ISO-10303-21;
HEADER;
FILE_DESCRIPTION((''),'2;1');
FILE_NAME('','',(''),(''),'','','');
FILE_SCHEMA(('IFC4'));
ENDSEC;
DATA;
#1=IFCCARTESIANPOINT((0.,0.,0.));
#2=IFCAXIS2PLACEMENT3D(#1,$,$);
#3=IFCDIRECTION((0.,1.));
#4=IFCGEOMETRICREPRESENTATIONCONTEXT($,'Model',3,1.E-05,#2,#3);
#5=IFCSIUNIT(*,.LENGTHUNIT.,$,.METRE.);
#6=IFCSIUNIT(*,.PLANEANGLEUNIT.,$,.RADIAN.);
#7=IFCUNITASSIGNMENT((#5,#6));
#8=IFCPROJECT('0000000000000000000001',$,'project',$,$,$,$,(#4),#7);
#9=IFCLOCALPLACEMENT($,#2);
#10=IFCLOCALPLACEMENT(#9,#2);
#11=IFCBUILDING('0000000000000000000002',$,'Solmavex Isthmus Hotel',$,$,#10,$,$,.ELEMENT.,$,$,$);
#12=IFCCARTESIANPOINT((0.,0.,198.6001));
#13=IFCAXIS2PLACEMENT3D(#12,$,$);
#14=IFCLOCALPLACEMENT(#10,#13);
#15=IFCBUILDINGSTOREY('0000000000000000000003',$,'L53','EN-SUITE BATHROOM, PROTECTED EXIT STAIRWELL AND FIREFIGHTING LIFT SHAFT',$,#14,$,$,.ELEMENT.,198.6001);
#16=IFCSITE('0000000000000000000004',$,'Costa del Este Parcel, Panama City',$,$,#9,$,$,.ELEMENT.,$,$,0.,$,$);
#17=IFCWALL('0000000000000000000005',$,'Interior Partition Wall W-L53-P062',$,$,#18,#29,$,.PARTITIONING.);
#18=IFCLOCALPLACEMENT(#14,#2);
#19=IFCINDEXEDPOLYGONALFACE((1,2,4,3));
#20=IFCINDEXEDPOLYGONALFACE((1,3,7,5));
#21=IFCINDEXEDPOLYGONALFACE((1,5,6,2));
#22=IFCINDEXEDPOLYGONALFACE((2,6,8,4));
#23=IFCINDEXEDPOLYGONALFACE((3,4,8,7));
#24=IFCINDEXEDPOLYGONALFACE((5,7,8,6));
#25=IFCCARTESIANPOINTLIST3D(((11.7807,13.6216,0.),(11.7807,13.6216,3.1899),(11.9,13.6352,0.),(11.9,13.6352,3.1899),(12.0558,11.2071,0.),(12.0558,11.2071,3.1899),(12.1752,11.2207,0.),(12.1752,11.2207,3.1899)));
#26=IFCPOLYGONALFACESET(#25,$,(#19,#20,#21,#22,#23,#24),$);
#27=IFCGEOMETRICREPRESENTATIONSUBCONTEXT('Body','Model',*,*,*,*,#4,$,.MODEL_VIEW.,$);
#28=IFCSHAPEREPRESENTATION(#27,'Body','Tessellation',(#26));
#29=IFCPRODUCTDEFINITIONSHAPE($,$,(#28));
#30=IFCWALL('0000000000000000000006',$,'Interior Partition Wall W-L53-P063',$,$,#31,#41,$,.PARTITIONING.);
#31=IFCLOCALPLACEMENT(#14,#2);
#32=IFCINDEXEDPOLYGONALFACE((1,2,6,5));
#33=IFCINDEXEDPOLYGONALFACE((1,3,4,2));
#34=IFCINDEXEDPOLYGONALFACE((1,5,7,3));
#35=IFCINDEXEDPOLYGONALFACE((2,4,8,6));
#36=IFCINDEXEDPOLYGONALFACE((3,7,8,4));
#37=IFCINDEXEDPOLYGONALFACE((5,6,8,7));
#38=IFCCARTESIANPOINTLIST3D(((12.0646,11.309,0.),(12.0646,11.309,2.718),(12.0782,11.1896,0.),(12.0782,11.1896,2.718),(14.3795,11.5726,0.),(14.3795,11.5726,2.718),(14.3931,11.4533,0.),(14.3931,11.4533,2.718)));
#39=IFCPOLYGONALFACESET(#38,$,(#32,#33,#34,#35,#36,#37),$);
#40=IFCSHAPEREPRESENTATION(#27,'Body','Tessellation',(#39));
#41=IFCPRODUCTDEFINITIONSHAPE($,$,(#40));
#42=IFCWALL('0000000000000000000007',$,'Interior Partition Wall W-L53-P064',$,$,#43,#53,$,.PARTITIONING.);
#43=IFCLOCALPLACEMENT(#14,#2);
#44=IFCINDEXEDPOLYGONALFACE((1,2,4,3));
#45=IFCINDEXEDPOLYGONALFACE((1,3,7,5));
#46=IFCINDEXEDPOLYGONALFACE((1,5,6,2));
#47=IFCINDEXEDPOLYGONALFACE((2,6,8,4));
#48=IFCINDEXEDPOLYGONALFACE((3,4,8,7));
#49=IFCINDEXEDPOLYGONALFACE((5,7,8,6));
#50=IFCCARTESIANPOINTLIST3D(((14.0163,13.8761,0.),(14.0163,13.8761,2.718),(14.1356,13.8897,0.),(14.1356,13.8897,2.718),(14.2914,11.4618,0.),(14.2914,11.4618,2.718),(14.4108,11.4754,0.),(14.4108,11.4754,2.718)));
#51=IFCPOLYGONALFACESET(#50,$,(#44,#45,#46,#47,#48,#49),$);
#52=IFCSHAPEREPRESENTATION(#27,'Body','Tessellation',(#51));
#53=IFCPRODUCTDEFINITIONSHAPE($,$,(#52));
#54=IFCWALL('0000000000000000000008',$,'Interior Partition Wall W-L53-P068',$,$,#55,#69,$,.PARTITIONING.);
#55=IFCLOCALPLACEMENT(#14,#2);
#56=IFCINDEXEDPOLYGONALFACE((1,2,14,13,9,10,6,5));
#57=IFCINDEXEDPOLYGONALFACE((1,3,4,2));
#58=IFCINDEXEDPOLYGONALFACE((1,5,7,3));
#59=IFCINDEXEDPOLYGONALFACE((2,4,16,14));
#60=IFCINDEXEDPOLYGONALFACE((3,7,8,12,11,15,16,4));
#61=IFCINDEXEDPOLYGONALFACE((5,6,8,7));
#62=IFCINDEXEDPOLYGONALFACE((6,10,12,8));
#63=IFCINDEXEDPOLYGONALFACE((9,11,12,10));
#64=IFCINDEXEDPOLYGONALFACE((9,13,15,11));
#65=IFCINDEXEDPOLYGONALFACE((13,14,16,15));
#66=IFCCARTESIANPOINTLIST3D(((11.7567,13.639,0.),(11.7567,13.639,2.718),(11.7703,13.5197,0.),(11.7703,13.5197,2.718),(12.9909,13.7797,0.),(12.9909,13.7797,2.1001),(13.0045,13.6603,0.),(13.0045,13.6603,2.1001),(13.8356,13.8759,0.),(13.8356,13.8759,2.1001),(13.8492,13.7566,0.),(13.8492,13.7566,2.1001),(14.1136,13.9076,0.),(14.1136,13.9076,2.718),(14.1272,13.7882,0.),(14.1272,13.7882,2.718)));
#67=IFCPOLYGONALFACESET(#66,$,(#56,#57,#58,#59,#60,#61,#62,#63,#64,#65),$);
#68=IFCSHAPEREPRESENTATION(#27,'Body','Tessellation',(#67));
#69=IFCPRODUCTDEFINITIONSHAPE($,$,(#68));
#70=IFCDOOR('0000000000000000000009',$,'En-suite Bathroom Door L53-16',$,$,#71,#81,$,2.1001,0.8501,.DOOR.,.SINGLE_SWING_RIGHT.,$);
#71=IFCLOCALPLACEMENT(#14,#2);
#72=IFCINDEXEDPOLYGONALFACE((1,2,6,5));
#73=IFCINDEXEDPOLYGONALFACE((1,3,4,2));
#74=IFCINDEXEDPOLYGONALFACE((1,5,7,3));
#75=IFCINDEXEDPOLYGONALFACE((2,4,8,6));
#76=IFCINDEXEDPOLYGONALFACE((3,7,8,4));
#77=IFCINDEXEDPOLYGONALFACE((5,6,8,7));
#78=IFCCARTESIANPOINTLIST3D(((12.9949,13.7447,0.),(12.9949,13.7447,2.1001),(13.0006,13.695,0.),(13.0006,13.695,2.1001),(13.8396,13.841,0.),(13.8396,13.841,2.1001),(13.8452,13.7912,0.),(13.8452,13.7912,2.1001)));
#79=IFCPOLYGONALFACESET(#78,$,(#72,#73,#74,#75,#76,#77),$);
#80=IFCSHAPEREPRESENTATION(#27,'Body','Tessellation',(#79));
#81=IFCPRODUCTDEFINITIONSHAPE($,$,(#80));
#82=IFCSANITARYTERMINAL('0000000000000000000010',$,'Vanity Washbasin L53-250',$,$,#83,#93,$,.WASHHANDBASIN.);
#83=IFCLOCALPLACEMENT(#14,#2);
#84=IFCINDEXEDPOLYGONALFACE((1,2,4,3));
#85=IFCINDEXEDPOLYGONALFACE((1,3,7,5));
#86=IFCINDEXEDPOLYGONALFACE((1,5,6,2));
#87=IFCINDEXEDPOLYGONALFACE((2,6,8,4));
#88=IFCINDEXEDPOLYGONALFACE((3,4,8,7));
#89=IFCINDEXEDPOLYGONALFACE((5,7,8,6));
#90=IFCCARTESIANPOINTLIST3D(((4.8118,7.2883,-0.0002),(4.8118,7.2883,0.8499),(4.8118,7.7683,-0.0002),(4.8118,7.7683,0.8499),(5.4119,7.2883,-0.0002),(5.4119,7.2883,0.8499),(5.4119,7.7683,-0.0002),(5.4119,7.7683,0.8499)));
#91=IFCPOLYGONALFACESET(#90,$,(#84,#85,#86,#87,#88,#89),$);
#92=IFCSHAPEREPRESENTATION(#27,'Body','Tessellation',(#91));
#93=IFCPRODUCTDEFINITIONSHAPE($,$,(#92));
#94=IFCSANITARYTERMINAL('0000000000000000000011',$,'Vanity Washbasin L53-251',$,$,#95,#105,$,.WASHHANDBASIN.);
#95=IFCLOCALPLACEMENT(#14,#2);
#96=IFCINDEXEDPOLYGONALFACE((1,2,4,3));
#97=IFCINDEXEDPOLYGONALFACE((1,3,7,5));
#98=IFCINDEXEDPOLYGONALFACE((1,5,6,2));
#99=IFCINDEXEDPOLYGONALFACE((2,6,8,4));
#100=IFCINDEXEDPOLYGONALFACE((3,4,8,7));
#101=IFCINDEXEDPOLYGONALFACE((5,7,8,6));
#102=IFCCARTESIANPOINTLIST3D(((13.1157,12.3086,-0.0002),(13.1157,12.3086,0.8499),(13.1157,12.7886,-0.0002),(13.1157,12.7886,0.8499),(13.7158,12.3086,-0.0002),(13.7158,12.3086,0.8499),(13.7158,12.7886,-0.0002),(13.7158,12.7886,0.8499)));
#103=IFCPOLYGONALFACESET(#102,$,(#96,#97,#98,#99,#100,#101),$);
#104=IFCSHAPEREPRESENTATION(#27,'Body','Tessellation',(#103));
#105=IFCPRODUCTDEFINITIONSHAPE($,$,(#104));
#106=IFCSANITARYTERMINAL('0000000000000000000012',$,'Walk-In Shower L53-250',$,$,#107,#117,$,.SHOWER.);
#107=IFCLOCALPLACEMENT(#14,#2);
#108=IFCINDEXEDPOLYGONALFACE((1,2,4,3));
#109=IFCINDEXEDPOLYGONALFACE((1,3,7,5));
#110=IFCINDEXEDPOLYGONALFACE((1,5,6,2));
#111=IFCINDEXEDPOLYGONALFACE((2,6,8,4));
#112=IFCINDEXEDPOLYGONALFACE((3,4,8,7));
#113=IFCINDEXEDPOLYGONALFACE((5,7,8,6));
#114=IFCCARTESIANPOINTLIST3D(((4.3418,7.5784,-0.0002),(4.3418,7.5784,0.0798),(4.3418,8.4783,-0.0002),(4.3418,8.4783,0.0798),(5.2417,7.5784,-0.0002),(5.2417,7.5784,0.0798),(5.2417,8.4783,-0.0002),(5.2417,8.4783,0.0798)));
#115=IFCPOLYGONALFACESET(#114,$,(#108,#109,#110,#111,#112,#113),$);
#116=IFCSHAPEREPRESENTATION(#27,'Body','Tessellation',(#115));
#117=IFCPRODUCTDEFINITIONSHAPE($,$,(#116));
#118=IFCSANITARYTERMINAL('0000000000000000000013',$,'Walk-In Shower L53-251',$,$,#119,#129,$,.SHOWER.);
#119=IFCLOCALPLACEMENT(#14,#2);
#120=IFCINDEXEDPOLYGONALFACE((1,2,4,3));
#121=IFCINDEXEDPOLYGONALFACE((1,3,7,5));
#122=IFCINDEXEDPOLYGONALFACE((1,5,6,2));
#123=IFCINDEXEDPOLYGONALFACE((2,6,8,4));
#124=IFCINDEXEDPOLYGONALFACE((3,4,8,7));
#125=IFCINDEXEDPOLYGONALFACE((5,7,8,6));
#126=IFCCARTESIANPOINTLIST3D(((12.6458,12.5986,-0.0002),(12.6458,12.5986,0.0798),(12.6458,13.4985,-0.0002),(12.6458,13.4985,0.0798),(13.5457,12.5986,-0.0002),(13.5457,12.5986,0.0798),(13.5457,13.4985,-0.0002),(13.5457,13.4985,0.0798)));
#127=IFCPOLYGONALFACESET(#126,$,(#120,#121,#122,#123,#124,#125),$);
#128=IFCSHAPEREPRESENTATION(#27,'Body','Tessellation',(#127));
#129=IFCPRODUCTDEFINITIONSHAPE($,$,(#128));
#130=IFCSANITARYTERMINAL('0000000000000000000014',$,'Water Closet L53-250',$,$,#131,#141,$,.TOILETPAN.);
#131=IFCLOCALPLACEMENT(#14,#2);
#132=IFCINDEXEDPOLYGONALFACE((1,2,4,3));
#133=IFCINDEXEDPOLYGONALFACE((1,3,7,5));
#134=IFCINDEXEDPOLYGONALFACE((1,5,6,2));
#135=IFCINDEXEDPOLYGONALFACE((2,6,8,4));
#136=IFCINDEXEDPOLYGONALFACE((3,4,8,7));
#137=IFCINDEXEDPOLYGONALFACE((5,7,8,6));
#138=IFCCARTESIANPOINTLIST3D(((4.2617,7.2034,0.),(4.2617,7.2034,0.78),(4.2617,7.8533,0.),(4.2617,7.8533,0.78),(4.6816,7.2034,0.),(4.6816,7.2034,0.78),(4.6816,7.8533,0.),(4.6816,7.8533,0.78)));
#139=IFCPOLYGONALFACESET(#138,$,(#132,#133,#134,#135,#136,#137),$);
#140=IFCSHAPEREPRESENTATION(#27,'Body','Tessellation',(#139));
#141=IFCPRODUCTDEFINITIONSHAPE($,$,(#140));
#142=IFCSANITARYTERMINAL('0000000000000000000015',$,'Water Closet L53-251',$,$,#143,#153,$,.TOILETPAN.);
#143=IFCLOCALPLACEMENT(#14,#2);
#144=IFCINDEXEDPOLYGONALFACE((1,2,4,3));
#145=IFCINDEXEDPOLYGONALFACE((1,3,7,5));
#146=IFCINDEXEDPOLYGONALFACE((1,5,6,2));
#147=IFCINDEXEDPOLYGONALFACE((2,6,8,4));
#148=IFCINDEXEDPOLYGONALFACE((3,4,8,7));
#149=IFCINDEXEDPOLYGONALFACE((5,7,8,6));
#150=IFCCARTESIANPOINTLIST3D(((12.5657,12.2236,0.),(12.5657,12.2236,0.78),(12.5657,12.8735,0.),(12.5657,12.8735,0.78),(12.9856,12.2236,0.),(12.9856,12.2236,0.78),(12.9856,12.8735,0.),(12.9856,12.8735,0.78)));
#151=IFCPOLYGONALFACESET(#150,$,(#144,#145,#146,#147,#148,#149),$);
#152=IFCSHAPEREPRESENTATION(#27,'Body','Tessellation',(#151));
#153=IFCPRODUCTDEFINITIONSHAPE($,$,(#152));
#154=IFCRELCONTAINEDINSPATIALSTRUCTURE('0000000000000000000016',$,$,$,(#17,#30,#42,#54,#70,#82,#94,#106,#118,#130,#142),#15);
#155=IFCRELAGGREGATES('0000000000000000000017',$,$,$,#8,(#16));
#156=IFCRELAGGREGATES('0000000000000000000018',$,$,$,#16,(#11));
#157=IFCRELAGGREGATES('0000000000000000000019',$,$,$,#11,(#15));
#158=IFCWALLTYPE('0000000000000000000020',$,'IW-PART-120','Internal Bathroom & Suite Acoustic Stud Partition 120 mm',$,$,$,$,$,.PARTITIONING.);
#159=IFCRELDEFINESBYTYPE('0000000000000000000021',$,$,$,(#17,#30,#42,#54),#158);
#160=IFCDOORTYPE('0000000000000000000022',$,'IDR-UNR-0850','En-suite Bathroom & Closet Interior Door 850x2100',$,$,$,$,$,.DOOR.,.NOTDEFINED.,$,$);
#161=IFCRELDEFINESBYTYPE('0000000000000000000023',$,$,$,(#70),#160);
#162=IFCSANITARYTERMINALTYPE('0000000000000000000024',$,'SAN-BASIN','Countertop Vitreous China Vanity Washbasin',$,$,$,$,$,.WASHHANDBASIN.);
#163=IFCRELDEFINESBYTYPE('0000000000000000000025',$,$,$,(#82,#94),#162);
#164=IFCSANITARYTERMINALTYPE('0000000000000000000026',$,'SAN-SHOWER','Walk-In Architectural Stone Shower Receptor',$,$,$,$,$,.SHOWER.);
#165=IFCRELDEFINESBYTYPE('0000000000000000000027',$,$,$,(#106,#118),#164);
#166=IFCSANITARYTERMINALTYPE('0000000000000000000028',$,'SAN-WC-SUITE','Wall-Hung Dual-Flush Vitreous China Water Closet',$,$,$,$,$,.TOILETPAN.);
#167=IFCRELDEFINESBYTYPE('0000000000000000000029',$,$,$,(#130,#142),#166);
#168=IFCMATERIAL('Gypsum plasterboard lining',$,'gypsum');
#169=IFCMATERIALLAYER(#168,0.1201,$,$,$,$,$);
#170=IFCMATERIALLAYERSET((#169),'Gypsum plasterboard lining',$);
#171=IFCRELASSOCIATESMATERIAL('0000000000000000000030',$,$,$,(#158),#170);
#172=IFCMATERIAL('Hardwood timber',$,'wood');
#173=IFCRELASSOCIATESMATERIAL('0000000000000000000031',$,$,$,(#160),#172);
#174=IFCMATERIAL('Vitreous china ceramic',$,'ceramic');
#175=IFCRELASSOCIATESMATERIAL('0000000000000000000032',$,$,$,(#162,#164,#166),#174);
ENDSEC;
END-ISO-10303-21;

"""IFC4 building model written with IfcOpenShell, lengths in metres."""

from ifc_helpers import new_model, si_unit, direction, frame, frame_2d, origin, origin_2d, place, context, subcontext, project, spatial, rectangle, extrude, material, layer, layer_set, type_object, element, fill, save


model = new_model("IFC4")

# Units and contexts
model_context = context("Model", 3, precision=1e-05, world=origin(), true_north=direction((0.0, 1.0)))
body_context = subcontext(model_context, "Body", "Model", "MODEL_VIEW")
ifc_project = project(units=[si_unit("LENGTHUNIT", "METRE"), si_unit("PLANEANGLEUNIT", "RADIAN")], contexts=[model_context])

# Site, building, storey
site_placement = place(None, origin())
site = spatial("IfcSite", under=ifc_project, at=site_placement, Name="Costa del Este Parcel, Panama City", CompositionType="ELEMENT", RefElevation=0.0)
building_placement = place(site_placement, origin())
building = spatial("IfcBuilding", under=site, at=building_placement, Name="Solmavex Isthmus Hotel", CompositionType="ELEMENT")
storey_placement = place(building_placement, frame((0.0, 0.0, 198.6001)))
storey = spatial("IfcBuildingStorey", under=building, at=storey_placement, Name="L53", Description="EN-SUITE BATHROOM, PROTECTED EXIT STAIRWELL AND FIREFIGHTING LIFT SHAFT", CompositionType="ELEMENT", Elevation=198.6001)

# Shared definitions
ifc_material_1 = material(Name="Gypsum plasterboard lining", Category="gypsum")

# Shared definitions
ifc_material_2 = material(Name="Hardwood timber", Category="wood")

# Walls
ifc_layer_1 = layer(ifc_material_1, 0.1201)
ifc_layer_set_1 = layer_set([ifc_layer_1], Name="Gypsum plasterboard lining")
wall_type_1 = type_object("IfcWallType", Name="IW-PART-120", Description="Internal Bathroom & Suite Acoustic Stud Partition 120 mm", PredefinedType="PARTITIONING", material=ifc_layer_set_1)
wall_1_placement = place(storey_placement, frame((11.8403, 13.6284, 0.0), z_axis=(0.0, 0.0, 1.0), x_axis=(0.113221, -0.99357, 0.0)))
element("IfcWall", 1, at=wall_1_placement, inside=storey, type_object=wall_type_1, Name="Interior Partition Wall W-L53-P062", PredefinedType="PARTITIONING", context=body_context, shape_type="SweptSolid", body=[
    extrude(rectangle(XDim=2.4302, YDim=0.1201, at=frame_2d((1.2151, 0.0))), origin(), (0.0, 0.0, 1.0), 3.1899),
])
wall_2_placement = place(storey_placement, frame((12.0713, 11.2493, 0.0), z_axis=(0.0, 0.0, 1.0), x_axis=(0.993576, 0.113168, 0.0)))
element("IfcWall", 2, at=wall_2_placement, inside=storey, type_object=wall_type_1, Name="Interior Partition Wall W-L53-P063", PredefinedType="PARTITIONING", context=body_context, shape_type="SweptSolid", body=[
    extrude(rectangle(XDim=2.3298, YDim=0.1201, at=frame_2d((1.165, 0.0))), origin(), (0.0, 0.0, 1.0), 2.718),
])
wall_3_placement = place(storey_placement, frame((14.3511, 11.4688, 0.0), z_axis=(0.0, 0.0, 1.0), x_axis=(-0.113232, 0.993569, 0.0)))
element("IfcWall", 3, at=wall_3_placement, inside=storey, type_object=wall_type_1, Name="Interior Partition Wall W-L53-P064", PredefinedType="PARTITIONING", context=body_context, shape_type="SweptSolid", body=[
    extrude(rectangle(XDim=2.4299, YDim=0.1201, at=frame_2d((1.2148, 0.0))), origin(), (0.0, 0.0, 1.0), 2.718),
])

# Wall, opening, door
wall_4_placement = place(storey_placement, frame((14.1204, 13.8479, 0.0), z_axis=(0.0, 0.0, 1.0), x_axis=(-0.993571, -0.11321, 0.0)))
wall_4 = element("IfcWall", 4, at=wall_4_placement, inside=storey, type_object=wall_type_1, Name="Interior Partition Wall W-L53-P068", PredefinedType="PARTITIONING", context=body_context, shape_type="SweptSolid", body=[
    extrude(rectangle(XDim=2.3721, YDim=0.1201, at=frame_2d((1.186, 0.0))), origin(), (0.0, 0.0, 1.0), 2.718),
])
opening_1_placement = place(wall_4_placement, frame((0.2798, 0.0, 0.0)))
opening_1 = element("IfcOpeningElement", 5, at=opening_1_placement, cuts=wall_4, PredefinedType="OPENING", context=body_context, shape_type="SweptSolid", body=[
    extrude(rectangle(XDim=0.8501, YDim=2.1001, at=frame_2d((0.425, 1.05))), frame((0.0, 0.0701, 0.0), z_axis=(0.0, -1.0, 0.0), x_axis=(1.0, 0.0, 0.0)), (0.0, 0.0, 1.0), 0.1401),
])
door_type_1 = type_object("IfcDoorType", Name="IDR-UNR-0850", Description="En-suite Bathroom & Closet Interior Door 850x2100", OperationType="NOTDEFINED", PredefinedType="DOOR", material=ifc_material_2)
door_1_placement = place(opening_1_placement, frame((0.8501, 0.0, 0.0), z_axis=(0.0, 0.0, 1.0), x_axis=(-1.0, 0.0, 0.0)))
door_1 = element("IfcDoor", 6, at=door_1_placement, inside=storey, type_object=door_type_1, Name="En-suite Bathroom Door L53-16", OperationType="SINGLE_SWING_RIGHT", OverallHeight=2.1001, OverallWidth=0.8501, PredefinedType="DOOR", context=body_context, shape_type="SweptSolid", body=[
    extrude(rectangle(XDim=0.8501, YDim=2.1001, at=frame_2d((0.425, 1.05))), frame((0.0, 0.0249, 0.0), z_axis=(0.0, -1.0, 0.0), x_axis=(1.0, 0.0, 0.0)), (0.0, 0.0, 1.0), 0.05),
])
fill(opening_1, door_1)

# Sanitary terminals
ifc_material_3 = material(Name="Vitreous china ceramic", Category="ceramic")
sanitary_terminal_type_1 = type_object("IfcSanitaryTerminalType", Name="SAN-BASIN", Description="Countertop Vitreous China Vanity Washbasin", PredefinedType="WASHHANDBASIN", material=ifc_material_3)
for number, where, z_axis, x_axis, name in (
    (7, (5.1118, 7.5283, -0.0002), (0.0, 0.0, 1.0), (1.0, 0.0, 0.0), "Vanity Washbasin L53-250"),
    (8, (13.4158, 12.5486, -0.0002), (0.0, 0.0, 1.0), (1.0, 0.0, 0.0), "Vanity Washbasin L53-251"),
):
    element("IfcSanitaryTerminal", number, at=place(storey_placement, frame(where, z_axis=z_axis, x_axis=x_axis)), inside=storey, type_object=sanitary_terminal_type_1, Name=name, PredefinedType="WASHHANDBASIN", context=body_context, shape_type="SweptSolid", body=[
        extrude(rectangle(XDim=0.6001, YDim=0.48, at=origin_2d()), origin(), (0.0, 0.0, 1.0), 0.8501),
    ])
sanitary_terminal_type_2 = type_object("IfcSanitaryTerminalType", Name="SAN-SHOWER", Description="Walk-In Architectural Stone Shower Receptor", PredefinedType="SHOWER", material=ifc_material_3)
for number, where, z_axis, x_axis, name in (
    (9, (4.7917, 8.0283, -0.0002), (0.0, 0.0, 1.0), (1.0, 0.0, 0.0), "Walk-In Shower L53-250"),
    (10, (13.0957, 13.0486, -0.0002), (0.0, 0.0, 1.0), (1.0, 0.0, 0.0), "Walk-In Shower L53-251"),
):
    element("IfcSanitaryTerminal", number, at=place(storey_placement, frame(where, z_axis=z_axis, x_axis=x_axis)), inside=storey, type_object=sanitary_terminal_type_2, Name=name, PredefinedType="SHOWER", context=body_context, shape_type="SweptSolid", body=[
        extrude(rectangle(XDim=0.8999, YDim=0.8999, at=origin_2d()), origin(), (0.0, 0.0, 1.0), 0.0801),
    ])
sanitary_terminal_type_3 = type_object("IfcSanitaryTerminalType", Name="SAN-WC-SUITE", Description="Wall-Hung Dual-Flush Vitreous China Water Closet", PredefinedType="TOILETPAN", material=ifc_material_3)
for number, where, z_axis, x_axis, name in (
    (11, (4.4717, 7.5283, 0.0), (0.0, 0.0, 1.0), (1.0, 0.0, 0.0), "Water Closet L53-250"),
    (12, (12.7756, 12.5486, 0.0), (0.0, 0.0, 1.0), (1.0, 0.0, 0.0), "Water Closet L53-251"),
):
    element("IfcSanitaryTerminal", number, at=place(storey_placement, frame(where, z_axis=z_axis, x_axis=x_axis)), inside=storey, type_object=sanitary_terminal_type_3, Name=name, PredefinedType="TOILETPAN", context=body_context, shape_type="SweptSolid", body=[
        extrude(rectangle(XDim=0.4199, YDim=0.6499, at=origin_2d()), origin(), (0.0, 0.0, 1.0), 0.78),
    ])

save(model, "model.ifc")
